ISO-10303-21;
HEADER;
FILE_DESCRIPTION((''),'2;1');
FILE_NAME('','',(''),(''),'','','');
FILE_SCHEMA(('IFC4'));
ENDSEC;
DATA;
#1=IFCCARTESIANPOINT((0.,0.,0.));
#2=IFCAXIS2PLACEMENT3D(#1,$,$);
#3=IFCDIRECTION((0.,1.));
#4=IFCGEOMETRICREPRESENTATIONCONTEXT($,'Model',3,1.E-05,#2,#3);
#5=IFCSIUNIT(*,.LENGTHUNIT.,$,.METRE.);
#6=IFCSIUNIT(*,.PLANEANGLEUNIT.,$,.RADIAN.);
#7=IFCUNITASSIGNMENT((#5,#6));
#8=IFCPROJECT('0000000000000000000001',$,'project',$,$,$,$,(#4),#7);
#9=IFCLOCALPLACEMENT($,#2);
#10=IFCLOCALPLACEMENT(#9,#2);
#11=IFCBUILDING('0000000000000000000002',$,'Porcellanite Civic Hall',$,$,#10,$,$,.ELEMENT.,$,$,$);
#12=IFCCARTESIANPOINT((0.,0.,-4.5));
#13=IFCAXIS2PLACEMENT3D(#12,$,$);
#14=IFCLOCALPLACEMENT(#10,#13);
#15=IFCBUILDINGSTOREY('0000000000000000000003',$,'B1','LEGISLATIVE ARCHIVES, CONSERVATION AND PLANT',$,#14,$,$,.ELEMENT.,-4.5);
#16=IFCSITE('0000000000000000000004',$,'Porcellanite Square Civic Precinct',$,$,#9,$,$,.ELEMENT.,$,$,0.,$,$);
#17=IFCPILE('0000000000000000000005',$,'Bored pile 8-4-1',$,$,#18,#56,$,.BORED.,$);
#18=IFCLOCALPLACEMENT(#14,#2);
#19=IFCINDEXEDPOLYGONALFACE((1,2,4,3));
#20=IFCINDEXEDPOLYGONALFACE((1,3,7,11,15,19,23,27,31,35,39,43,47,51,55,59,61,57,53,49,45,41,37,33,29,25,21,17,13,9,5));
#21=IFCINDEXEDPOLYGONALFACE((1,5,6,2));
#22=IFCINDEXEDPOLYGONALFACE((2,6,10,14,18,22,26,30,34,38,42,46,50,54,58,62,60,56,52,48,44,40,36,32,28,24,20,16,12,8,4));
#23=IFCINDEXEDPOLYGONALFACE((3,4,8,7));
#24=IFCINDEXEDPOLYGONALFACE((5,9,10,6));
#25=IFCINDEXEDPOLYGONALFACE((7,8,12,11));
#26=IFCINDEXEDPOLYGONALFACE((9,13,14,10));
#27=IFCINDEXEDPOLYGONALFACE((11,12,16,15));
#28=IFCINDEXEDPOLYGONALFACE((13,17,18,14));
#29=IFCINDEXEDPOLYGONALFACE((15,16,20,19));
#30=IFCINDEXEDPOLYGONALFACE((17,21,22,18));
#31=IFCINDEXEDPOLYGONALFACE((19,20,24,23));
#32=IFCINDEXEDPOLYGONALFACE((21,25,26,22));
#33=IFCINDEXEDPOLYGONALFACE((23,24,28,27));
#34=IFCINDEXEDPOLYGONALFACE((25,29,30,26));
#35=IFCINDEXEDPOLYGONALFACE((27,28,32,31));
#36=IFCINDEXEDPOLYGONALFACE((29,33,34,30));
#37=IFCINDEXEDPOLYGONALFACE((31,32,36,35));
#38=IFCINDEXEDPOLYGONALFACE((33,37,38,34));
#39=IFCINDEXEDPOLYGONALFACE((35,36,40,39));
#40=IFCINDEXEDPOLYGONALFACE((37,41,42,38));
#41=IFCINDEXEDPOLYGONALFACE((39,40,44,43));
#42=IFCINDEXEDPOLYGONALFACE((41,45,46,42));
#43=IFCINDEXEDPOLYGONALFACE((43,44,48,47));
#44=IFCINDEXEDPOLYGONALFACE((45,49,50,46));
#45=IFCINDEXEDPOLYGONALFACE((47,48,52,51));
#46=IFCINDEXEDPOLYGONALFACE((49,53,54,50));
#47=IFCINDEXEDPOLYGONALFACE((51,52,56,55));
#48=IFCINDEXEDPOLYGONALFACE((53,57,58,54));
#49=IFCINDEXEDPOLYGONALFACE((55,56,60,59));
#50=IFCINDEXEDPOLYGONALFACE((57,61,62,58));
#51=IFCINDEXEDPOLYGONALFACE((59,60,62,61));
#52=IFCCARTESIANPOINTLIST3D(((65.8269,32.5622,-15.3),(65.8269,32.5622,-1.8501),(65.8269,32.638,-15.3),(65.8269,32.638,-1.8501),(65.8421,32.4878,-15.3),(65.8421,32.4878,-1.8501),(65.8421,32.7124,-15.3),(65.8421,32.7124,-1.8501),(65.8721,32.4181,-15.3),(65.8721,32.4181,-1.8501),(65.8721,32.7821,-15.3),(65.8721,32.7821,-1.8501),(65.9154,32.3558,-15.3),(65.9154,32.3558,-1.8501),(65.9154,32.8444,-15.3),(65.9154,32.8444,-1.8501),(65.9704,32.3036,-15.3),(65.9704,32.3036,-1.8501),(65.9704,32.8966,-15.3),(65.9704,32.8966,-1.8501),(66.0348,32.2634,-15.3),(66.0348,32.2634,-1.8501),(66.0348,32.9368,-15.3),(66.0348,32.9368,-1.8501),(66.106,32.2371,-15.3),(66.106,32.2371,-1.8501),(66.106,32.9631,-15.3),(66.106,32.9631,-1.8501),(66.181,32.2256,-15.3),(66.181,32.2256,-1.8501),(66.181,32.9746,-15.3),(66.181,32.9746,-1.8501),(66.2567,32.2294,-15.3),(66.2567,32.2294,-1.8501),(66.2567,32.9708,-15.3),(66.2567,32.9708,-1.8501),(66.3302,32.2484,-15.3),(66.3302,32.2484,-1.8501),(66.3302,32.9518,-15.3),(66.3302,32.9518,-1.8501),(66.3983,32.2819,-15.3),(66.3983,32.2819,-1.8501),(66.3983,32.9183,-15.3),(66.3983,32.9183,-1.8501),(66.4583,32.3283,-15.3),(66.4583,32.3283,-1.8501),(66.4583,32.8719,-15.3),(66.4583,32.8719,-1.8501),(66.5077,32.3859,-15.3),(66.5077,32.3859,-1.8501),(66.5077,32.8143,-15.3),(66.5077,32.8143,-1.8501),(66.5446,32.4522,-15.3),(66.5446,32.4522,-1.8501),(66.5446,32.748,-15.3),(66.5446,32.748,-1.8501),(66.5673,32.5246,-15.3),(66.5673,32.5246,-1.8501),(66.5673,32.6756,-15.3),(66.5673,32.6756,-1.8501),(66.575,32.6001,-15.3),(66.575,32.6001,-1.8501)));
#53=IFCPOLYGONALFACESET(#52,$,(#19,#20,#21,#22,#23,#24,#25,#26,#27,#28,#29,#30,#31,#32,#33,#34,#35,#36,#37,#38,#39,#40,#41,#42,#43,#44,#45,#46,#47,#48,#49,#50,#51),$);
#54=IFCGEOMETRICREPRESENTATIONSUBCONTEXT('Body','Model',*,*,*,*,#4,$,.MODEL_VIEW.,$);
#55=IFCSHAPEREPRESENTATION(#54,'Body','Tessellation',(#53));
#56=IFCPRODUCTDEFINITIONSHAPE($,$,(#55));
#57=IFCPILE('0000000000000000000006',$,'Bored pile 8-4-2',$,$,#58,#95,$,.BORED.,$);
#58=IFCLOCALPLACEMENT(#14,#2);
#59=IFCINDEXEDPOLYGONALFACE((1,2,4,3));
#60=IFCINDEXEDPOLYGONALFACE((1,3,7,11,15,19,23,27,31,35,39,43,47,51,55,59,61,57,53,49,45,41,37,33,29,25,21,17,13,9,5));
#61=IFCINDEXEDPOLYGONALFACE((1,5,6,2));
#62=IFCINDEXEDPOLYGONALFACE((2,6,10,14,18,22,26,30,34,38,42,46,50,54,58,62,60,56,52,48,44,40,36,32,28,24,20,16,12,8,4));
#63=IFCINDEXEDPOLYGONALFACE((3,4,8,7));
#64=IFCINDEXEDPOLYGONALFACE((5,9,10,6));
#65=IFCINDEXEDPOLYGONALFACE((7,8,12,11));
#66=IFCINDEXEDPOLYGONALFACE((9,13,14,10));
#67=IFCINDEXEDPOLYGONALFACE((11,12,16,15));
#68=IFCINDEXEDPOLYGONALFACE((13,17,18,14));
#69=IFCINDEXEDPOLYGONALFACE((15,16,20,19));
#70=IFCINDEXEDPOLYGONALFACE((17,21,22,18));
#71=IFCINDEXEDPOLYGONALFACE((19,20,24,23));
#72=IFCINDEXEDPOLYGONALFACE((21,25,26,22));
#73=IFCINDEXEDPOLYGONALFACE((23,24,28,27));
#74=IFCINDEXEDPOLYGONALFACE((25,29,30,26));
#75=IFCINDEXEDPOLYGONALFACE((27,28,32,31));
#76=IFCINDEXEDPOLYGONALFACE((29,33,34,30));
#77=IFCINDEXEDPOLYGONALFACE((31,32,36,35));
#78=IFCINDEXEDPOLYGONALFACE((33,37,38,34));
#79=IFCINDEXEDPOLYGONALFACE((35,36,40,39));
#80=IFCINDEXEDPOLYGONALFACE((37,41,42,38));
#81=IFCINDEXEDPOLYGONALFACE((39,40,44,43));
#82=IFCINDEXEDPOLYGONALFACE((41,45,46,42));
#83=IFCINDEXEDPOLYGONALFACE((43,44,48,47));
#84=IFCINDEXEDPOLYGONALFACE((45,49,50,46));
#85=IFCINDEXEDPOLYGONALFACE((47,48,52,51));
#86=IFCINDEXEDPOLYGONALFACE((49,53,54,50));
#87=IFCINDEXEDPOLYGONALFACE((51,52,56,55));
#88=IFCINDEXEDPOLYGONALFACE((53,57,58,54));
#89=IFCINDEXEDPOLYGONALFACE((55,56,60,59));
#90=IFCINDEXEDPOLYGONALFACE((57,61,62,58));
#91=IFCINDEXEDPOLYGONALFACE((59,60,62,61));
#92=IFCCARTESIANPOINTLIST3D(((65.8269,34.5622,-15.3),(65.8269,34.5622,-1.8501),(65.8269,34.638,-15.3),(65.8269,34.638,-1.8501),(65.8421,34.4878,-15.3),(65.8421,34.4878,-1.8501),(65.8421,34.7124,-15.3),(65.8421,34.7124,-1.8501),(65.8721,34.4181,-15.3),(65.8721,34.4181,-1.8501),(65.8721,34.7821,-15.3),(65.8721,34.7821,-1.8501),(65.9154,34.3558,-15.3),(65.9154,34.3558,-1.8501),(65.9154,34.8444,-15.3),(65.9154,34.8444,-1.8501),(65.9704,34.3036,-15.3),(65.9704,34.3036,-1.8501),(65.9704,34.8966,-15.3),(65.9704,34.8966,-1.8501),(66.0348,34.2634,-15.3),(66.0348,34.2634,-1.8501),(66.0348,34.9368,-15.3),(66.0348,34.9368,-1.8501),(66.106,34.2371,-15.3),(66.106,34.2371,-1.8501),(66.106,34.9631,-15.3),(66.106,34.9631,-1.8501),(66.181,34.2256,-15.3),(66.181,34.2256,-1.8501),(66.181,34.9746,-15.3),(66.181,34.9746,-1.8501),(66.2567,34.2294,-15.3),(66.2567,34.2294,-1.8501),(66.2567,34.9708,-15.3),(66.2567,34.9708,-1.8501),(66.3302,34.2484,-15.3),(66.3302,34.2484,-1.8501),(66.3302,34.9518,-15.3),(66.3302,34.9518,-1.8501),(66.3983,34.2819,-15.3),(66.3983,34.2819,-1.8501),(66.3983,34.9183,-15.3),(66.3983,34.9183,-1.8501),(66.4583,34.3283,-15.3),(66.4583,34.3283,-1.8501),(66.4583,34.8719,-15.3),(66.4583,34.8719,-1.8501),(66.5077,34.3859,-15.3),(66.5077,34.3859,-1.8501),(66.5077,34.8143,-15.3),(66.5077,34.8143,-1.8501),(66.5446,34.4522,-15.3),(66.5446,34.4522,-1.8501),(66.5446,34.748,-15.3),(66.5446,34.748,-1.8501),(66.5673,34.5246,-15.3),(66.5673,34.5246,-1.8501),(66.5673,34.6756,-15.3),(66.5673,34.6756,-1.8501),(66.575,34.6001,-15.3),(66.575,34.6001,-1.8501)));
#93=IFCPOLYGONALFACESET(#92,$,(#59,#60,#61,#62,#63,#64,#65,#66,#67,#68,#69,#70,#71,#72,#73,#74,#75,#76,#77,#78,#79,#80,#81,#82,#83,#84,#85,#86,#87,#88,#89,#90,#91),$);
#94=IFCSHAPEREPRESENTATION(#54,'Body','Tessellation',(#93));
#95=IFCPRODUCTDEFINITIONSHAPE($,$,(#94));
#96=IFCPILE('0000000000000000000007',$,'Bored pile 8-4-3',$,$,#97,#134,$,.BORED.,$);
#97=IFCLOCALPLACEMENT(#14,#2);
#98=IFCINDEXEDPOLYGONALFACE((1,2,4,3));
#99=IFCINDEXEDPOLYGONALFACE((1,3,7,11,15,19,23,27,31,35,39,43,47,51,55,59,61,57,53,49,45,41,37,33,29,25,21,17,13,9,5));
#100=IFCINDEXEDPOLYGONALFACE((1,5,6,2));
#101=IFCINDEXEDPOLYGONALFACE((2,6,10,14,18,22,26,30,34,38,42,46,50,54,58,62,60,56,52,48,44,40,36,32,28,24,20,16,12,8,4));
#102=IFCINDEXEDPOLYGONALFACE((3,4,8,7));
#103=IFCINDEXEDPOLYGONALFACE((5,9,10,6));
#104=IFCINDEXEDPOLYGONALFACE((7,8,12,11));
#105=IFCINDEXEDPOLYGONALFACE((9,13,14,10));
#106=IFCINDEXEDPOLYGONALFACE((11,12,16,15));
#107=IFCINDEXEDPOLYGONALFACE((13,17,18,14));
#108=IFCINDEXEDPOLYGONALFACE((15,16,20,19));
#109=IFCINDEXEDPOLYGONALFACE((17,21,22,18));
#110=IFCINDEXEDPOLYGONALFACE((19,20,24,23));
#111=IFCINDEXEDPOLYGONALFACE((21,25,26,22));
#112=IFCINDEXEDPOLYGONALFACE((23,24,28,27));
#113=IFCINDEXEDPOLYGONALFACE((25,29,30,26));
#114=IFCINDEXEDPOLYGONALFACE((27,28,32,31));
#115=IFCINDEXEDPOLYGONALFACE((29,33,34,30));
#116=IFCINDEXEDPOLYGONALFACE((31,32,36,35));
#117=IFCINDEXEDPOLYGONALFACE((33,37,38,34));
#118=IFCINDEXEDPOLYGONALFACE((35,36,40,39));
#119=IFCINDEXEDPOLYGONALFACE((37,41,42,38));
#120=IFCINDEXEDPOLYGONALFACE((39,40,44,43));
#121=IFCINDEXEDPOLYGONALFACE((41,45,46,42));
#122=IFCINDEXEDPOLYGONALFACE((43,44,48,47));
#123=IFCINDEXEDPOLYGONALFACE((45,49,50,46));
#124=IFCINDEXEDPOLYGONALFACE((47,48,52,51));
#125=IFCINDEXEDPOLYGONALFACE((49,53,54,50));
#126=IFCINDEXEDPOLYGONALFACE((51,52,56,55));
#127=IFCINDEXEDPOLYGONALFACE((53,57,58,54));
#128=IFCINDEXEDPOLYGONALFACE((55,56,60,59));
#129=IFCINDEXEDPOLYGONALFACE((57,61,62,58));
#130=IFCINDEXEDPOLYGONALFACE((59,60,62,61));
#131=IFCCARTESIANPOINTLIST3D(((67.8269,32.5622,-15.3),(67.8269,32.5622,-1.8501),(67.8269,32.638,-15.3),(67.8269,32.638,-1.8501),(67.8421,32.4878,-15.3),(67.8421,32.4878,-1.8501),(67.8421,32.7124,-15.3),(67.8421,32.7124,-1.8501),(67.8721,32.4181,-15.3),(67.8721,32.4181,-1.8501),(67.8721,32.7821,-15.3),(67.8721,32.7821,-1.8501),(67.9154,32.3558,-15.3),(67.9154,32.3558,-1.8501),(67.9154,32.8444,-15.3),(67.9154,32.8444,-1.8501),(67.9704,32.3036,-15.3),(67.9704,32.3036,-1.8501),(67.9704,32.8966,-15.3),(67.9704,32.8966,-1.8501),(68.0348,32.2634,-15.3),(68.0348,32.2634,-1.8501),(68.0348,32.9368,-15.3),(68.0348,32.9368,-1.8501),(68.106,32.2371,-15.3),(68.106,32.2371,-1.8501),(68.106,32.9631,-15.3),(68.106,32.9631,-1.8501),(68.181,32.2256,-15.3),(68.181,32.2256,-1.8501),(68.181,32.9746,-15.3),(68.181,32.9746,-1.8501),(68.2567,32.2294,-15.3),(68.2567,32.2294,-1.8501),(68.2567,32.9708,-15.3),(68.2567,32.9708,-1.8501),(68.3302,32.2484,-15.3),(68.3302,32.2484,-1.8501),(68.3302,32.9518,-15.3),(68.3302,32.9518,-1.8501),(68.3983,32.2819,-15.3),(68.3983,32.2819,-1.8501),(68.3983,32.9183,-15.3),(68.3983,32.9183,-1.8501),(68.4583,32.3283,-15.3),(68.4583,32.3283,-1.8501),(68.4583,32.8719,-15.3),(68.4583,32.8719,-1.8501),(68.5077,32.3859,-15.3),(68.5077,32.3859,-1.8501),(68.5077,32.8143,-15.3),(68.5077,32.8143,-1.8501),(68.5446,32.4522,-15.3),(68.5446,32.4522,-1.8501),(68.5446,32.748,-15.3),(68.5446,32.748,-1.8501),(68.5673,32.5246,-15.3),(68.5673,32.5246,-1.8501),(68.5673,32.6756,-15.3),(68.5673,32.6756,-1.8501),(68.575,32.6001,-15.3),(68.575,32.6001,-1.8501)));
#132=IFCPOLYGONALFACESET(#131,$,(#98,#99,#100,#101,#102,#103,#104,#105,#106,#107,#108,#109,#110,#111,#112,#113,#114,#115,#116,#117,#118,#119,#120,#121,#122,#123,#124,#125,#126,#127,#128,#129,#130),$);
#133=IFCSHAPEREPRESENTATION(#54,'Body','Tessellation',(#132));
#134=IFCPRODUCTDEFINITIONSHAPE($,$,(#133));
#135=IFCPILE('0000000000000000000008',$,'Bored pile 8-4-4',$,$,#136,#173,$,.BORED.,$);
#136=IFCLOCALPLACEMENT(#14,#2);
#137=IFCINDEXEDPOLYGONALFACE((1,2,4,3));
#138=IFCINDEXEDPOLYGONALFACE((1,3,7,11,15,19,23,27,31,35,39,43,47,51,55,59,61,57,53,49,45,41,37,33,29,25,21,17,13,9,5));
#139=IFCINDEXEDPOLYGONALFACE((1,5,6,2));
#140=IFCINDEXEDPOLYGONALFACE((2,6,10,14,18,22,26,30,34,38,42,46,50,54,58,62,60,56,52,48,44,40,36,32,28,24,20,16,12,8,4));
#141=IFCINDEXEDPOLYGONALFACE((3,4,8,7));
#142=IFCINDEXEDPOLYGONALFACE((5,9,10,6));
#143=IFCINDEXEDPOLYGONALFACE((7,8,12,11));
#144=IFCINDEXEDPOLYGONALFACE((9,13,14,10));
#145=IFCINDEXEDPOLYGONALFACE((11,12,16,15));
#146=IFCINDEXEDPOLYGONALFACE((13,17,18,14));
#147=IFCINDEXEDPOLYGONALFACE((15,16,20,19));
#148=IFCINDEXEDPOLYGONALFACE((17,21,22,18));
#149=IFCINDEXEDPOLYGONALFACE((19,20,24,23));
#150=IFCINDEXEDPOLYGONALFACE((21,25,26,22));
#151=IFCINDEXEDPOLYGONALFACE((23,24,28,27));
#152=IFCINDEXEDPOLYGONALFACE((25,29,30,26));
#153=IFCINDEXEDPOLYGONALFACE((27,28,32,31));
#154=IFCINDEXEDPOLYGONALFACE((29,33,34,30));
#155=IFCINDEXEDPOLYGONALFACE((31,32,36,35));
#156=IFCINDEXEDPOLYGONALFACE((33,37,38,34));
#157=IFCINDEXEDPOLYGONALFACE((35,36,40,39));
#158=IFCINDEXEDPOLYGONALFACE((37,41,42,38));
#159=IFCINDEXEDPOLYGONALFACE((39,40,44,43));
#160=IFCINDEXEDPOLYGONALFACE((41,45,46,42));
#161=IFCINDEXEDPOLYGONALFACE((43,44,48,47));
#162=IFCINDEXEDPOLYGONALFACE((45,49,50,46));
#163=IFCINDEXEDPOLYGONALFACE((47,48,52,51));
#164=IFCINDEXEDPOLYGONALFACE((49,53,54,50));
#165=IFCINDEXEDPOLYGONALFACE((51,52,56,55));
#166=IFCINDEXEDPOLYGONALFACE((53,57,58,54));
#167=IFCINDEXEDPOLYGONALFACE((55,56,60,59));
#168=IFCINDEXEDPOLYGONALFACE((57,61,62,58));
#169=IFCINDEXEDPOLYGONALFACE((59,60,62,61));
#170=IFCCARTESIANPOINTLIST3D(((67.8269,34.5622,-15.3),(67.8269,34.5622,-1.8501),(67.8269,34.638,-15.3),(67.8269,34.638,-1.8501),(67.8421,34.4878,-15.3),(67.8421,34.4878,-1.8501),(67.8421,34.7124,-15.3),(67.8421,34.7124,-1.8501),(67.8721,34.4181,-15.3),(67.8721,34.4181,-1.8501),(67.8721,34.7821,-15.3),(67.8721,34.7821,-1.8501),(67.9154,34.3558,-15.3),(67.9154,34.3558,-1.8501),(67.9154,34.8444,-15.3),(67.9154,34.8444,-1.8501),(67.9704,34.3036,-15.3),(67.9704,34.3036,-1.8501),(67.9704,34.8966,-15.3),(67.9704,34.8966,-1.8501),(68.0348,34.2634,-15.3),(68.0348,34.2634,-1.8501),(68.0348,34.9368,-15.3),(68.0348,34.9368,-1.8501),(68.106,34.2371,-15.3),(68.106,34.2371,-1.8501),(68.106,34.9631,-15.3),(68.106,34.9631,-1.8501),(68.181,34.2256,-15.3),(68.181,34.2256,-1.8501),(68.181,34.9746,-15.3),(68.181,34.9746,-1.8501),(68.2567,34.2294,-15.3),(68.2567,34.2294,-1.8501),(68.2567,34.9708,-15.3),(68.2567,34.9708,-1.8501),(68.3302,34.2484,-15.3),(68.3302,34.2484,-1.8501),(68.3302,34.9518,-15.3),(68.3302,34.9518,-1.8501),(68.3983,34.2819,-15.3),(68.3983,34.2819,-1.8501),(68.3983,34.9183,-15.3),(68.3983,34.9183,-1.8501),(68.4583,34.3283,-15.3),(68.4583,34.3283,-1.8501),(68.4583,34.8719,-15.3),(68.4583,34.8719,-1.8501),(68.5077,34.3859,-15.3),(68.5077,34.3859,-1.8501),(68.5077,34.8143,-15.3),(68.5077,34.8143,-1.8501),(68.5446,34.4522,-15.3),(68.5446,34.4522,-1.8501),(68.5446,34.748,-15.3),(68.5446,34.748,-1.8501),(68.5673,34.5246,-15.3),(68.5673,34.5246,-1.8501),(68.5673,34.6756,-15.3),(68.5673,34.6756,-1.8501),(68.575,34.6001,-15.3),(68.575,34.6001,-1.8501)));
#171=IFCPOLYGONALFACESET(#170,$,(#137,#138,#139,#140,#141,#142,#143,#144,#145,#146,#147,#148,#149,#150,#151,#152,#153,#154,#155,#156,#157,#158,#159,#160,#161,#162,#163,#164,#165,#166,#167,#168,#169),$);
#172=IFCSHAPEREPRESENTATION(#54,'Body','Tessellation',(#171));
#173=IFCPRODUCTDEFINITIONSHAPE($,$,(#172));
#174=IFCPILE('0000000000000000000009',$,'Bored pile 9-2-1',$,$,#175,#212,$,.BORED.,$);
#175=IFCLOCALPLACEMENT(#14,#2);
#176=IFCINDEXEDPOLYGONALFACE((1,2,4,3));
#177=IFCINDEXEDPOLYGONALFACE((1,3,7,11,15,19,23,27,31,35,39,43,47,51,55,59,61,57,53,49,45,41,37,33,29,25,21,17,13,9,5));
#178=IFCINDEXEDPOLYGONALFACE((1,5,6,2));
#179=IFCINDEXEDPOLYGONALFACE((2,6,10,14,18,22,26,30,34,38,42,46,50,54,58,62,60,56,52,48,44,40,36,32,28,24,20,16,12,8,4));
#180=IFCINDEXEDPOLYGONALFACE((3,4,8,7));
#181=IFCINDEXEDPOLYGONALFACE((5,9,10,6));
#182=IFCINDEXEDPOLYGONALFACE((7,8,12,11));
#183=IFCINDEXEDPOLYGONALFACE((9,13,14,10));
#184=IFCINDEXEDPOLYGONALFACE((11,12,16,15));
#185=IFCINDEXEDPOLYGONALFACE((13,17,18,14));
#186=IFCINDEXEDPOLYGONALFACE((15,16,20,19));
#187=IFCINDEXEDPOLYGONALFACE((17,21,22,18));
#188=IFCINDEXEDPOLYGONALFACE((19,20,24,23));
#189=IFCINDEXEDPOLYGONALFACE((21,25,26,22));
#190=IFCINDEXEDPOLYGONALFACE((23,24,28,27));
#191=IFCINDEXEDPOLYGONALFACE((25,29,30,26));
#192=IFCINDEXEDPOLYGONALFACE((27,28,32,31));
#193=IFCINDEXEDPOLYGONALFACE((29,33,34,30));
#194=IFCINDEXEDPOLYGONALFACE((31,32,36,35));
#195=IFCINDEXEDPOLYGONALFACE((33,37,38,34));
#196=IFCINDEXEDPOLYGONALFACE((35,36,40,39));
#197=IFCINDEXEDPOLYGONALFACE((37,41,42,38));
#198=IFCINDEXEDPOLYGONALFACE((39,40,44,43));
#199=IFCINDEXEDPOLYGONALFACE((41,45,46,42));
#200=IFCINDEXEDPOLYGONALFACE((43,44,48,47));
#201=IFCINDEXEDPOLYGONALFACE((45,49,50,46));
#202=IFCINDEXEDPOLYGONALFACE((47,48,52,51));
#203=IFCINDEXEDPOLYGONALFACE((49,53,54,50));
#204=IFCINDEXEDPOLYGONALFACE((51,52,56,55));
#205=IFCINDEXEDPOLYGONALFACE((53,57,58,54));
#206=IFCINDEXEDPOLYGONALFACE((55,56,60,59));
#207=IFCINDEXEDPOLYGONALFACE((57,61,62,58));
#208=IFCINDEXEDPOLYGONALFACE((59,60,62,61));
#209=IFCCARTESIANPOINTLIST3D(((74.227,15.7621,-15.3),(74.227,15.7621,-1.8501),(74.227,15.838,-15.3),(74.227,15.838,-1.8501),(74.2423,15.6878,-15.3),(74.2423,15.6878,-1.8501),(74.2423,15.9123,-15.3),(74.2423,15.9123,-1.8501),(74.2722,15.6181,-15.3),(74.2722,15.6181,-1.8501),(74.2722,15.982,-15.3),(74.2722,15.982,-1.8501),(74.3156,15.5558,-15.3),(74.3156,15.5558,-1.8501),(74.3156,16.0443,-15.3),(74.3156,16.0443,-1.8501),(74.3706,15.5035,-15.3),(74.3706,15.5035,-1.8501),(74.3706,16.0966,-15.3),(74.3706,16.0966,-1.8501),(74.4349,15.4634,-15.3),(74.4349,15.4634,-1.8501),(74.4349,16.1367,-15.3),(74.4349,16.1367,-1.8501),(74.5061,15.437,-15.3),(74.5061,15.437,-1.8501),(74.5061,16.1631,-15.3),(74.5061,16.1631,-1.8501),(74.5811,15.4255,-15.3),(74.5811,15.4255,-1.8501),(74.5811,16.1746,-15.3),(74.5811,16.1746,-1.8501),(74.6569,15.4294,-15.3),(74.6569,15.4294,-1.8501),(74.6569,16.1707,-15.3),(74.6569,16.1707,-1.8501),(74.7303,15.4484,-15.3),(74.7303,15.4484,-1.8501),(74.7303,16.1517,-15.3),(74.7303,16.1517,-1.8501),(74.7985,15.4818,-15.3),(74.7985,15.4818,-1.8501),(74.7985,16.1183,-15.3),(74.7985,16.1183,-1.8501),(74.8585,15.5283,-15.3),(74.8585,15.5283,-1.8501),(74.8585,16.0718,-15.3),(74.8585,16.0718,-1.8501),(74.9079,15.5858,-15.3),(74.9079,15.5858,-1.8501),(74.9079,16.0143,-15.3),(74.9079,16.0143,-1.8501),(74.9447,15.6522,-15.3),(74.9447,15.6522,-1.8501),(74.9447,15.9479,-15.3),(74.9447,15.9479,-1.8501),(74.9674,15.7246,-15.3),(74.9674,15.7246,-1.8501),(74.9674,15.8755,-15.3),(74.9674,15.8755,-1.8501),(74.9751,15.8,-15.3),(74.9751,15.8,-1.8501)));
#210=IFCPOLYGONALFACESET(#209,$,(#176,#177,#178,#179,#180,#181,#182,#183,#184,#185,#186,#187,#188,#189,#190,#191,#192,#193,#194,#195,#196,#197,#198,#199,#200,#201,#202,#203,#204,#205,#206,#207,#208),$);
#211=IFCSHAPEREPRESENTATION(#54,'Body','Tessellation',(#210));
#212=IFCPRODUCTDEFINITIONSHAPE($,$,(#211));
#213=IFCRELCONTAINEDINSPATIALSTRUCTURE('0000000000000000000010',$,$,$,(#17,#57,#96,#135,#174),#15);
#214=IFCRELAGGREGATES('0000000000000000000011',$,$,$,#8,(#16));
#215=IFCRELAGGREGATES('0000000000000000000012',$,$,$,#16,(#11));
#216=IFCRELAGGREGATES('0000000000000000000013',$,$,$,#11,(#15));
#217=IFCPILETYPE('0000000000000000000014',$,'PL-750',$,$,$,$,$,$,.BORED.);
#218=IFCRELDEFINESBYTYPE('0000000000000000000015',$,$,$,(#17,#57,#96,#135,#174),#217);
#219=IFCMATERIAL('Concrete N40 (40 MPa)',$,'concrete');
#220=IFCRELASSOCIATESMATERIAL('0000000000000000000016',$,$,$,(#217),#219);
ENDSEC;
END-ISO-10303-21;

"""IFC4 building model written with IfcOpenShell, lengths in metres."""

from ifc_helpers import new_model, si_unit, direction, frame, origin, origin_2d, place, context, subcontext, project, spatial, circle, extrude, material, material_profile, profile_set, type_object, element, save


model = new_model("IFC4")

# Units and contexts
model_context = context("Model", 3, precision=1e-05, world=origin(), true_north=direction((0.0, 1.0)))
body_context = subcontext(model_context, "Body", "Model", "MODEL_VIEW")
ifc_project = project(units=[si_unit("LENGTHUNIT", "METRE"), si_unit("PLANEANGLEUNIT", "RADIAN")], contexts=[model_context])

# Site, building, storey
site_placement = place(None, origin())
site = spatial("IfcSite", under=ifc_project, at=site_placement, Name="Porcellanite Square Civic Precinct", CompositionType="ELEMENT", RefElevation=0.0)
building_placement = place(site_placement, origin())
building = spatial("IfcBuilding", under=site, at=building_placement, Name="Porcellanite Civic Hall", CompositionType="ELEMENT")
storey_placement = place(building_placement, frame((0.0, 0.0, -4.5)))
storey = spatial("IfcBuildingStorey", under=building, at=storey_placement, Name="B1", Description="LEGISLATIVE ARCHIVES, CONSERVATION AND PLANT", CompositionType="ELEMENT", Elevation=-4.5)

# Piles
ifc_material_1 = material(Name="Concrete N40 (40 MPa)", Category="concrete")
ifc_material_profile_1 = material_profile(ifc_material_1, circle(Radius=0.375, at=origin_2d()), Name="PILE-D750")
ifc_profile_set_1 = profile_set([ifc_material_profile_1], Name="Concrete N40 (40 MPa)")
pile_type_1 = type_object("IfcPileType", Name="PL-750", PredefinedType="BORED", material=ifc_profile_set_1)
for number, where, z_axis, x_axis, name in (
    (1, (66.2, 32.6001, -1.8501), (0.0, 0.0, -1.0), (1.0, 0.0, 0.0), "Bored pile 8-4-1"),
    (2, (66.2, 34.6001, -1.8501), (0.0, 0.0, -1.0), (1.0, 0.0, 0.0), "Bored pile 8-4-2"),
    (3, (68.2, 32.6001, -1.8501), (0.0, 0.0, -1.0), (1.0, 0.0, 0.0), "Bored pile 8-4-3"),
    (4, (68.2, 34.6001, -1.8501), (0.0, 0.0, -1.0), (1.0, 0.0, 0.0), "Bored pile 8-4-4"),
    (5, (74.6001, 15.8, -1.8501), (0.0, 0.0, -1.0), (1.0, 0.0, 0.0), "Bored pile 9-2-1"),
):
    element("IfcPile", number, at=place(storey_placement, frame(where, z_axis=z_axis, x_axis=x_axis)), inside=storey, type_object=pile_type_1, Name=name, PredefinedType="BORED", context=body_context, shape_type="SweptSolid", body=[
        extrude(circle(Radius=0.375, at=origin_2d()), origin(), (0.0, 0.0, 1.0), 13.45),
    ])

save(model, "model.ifc")
